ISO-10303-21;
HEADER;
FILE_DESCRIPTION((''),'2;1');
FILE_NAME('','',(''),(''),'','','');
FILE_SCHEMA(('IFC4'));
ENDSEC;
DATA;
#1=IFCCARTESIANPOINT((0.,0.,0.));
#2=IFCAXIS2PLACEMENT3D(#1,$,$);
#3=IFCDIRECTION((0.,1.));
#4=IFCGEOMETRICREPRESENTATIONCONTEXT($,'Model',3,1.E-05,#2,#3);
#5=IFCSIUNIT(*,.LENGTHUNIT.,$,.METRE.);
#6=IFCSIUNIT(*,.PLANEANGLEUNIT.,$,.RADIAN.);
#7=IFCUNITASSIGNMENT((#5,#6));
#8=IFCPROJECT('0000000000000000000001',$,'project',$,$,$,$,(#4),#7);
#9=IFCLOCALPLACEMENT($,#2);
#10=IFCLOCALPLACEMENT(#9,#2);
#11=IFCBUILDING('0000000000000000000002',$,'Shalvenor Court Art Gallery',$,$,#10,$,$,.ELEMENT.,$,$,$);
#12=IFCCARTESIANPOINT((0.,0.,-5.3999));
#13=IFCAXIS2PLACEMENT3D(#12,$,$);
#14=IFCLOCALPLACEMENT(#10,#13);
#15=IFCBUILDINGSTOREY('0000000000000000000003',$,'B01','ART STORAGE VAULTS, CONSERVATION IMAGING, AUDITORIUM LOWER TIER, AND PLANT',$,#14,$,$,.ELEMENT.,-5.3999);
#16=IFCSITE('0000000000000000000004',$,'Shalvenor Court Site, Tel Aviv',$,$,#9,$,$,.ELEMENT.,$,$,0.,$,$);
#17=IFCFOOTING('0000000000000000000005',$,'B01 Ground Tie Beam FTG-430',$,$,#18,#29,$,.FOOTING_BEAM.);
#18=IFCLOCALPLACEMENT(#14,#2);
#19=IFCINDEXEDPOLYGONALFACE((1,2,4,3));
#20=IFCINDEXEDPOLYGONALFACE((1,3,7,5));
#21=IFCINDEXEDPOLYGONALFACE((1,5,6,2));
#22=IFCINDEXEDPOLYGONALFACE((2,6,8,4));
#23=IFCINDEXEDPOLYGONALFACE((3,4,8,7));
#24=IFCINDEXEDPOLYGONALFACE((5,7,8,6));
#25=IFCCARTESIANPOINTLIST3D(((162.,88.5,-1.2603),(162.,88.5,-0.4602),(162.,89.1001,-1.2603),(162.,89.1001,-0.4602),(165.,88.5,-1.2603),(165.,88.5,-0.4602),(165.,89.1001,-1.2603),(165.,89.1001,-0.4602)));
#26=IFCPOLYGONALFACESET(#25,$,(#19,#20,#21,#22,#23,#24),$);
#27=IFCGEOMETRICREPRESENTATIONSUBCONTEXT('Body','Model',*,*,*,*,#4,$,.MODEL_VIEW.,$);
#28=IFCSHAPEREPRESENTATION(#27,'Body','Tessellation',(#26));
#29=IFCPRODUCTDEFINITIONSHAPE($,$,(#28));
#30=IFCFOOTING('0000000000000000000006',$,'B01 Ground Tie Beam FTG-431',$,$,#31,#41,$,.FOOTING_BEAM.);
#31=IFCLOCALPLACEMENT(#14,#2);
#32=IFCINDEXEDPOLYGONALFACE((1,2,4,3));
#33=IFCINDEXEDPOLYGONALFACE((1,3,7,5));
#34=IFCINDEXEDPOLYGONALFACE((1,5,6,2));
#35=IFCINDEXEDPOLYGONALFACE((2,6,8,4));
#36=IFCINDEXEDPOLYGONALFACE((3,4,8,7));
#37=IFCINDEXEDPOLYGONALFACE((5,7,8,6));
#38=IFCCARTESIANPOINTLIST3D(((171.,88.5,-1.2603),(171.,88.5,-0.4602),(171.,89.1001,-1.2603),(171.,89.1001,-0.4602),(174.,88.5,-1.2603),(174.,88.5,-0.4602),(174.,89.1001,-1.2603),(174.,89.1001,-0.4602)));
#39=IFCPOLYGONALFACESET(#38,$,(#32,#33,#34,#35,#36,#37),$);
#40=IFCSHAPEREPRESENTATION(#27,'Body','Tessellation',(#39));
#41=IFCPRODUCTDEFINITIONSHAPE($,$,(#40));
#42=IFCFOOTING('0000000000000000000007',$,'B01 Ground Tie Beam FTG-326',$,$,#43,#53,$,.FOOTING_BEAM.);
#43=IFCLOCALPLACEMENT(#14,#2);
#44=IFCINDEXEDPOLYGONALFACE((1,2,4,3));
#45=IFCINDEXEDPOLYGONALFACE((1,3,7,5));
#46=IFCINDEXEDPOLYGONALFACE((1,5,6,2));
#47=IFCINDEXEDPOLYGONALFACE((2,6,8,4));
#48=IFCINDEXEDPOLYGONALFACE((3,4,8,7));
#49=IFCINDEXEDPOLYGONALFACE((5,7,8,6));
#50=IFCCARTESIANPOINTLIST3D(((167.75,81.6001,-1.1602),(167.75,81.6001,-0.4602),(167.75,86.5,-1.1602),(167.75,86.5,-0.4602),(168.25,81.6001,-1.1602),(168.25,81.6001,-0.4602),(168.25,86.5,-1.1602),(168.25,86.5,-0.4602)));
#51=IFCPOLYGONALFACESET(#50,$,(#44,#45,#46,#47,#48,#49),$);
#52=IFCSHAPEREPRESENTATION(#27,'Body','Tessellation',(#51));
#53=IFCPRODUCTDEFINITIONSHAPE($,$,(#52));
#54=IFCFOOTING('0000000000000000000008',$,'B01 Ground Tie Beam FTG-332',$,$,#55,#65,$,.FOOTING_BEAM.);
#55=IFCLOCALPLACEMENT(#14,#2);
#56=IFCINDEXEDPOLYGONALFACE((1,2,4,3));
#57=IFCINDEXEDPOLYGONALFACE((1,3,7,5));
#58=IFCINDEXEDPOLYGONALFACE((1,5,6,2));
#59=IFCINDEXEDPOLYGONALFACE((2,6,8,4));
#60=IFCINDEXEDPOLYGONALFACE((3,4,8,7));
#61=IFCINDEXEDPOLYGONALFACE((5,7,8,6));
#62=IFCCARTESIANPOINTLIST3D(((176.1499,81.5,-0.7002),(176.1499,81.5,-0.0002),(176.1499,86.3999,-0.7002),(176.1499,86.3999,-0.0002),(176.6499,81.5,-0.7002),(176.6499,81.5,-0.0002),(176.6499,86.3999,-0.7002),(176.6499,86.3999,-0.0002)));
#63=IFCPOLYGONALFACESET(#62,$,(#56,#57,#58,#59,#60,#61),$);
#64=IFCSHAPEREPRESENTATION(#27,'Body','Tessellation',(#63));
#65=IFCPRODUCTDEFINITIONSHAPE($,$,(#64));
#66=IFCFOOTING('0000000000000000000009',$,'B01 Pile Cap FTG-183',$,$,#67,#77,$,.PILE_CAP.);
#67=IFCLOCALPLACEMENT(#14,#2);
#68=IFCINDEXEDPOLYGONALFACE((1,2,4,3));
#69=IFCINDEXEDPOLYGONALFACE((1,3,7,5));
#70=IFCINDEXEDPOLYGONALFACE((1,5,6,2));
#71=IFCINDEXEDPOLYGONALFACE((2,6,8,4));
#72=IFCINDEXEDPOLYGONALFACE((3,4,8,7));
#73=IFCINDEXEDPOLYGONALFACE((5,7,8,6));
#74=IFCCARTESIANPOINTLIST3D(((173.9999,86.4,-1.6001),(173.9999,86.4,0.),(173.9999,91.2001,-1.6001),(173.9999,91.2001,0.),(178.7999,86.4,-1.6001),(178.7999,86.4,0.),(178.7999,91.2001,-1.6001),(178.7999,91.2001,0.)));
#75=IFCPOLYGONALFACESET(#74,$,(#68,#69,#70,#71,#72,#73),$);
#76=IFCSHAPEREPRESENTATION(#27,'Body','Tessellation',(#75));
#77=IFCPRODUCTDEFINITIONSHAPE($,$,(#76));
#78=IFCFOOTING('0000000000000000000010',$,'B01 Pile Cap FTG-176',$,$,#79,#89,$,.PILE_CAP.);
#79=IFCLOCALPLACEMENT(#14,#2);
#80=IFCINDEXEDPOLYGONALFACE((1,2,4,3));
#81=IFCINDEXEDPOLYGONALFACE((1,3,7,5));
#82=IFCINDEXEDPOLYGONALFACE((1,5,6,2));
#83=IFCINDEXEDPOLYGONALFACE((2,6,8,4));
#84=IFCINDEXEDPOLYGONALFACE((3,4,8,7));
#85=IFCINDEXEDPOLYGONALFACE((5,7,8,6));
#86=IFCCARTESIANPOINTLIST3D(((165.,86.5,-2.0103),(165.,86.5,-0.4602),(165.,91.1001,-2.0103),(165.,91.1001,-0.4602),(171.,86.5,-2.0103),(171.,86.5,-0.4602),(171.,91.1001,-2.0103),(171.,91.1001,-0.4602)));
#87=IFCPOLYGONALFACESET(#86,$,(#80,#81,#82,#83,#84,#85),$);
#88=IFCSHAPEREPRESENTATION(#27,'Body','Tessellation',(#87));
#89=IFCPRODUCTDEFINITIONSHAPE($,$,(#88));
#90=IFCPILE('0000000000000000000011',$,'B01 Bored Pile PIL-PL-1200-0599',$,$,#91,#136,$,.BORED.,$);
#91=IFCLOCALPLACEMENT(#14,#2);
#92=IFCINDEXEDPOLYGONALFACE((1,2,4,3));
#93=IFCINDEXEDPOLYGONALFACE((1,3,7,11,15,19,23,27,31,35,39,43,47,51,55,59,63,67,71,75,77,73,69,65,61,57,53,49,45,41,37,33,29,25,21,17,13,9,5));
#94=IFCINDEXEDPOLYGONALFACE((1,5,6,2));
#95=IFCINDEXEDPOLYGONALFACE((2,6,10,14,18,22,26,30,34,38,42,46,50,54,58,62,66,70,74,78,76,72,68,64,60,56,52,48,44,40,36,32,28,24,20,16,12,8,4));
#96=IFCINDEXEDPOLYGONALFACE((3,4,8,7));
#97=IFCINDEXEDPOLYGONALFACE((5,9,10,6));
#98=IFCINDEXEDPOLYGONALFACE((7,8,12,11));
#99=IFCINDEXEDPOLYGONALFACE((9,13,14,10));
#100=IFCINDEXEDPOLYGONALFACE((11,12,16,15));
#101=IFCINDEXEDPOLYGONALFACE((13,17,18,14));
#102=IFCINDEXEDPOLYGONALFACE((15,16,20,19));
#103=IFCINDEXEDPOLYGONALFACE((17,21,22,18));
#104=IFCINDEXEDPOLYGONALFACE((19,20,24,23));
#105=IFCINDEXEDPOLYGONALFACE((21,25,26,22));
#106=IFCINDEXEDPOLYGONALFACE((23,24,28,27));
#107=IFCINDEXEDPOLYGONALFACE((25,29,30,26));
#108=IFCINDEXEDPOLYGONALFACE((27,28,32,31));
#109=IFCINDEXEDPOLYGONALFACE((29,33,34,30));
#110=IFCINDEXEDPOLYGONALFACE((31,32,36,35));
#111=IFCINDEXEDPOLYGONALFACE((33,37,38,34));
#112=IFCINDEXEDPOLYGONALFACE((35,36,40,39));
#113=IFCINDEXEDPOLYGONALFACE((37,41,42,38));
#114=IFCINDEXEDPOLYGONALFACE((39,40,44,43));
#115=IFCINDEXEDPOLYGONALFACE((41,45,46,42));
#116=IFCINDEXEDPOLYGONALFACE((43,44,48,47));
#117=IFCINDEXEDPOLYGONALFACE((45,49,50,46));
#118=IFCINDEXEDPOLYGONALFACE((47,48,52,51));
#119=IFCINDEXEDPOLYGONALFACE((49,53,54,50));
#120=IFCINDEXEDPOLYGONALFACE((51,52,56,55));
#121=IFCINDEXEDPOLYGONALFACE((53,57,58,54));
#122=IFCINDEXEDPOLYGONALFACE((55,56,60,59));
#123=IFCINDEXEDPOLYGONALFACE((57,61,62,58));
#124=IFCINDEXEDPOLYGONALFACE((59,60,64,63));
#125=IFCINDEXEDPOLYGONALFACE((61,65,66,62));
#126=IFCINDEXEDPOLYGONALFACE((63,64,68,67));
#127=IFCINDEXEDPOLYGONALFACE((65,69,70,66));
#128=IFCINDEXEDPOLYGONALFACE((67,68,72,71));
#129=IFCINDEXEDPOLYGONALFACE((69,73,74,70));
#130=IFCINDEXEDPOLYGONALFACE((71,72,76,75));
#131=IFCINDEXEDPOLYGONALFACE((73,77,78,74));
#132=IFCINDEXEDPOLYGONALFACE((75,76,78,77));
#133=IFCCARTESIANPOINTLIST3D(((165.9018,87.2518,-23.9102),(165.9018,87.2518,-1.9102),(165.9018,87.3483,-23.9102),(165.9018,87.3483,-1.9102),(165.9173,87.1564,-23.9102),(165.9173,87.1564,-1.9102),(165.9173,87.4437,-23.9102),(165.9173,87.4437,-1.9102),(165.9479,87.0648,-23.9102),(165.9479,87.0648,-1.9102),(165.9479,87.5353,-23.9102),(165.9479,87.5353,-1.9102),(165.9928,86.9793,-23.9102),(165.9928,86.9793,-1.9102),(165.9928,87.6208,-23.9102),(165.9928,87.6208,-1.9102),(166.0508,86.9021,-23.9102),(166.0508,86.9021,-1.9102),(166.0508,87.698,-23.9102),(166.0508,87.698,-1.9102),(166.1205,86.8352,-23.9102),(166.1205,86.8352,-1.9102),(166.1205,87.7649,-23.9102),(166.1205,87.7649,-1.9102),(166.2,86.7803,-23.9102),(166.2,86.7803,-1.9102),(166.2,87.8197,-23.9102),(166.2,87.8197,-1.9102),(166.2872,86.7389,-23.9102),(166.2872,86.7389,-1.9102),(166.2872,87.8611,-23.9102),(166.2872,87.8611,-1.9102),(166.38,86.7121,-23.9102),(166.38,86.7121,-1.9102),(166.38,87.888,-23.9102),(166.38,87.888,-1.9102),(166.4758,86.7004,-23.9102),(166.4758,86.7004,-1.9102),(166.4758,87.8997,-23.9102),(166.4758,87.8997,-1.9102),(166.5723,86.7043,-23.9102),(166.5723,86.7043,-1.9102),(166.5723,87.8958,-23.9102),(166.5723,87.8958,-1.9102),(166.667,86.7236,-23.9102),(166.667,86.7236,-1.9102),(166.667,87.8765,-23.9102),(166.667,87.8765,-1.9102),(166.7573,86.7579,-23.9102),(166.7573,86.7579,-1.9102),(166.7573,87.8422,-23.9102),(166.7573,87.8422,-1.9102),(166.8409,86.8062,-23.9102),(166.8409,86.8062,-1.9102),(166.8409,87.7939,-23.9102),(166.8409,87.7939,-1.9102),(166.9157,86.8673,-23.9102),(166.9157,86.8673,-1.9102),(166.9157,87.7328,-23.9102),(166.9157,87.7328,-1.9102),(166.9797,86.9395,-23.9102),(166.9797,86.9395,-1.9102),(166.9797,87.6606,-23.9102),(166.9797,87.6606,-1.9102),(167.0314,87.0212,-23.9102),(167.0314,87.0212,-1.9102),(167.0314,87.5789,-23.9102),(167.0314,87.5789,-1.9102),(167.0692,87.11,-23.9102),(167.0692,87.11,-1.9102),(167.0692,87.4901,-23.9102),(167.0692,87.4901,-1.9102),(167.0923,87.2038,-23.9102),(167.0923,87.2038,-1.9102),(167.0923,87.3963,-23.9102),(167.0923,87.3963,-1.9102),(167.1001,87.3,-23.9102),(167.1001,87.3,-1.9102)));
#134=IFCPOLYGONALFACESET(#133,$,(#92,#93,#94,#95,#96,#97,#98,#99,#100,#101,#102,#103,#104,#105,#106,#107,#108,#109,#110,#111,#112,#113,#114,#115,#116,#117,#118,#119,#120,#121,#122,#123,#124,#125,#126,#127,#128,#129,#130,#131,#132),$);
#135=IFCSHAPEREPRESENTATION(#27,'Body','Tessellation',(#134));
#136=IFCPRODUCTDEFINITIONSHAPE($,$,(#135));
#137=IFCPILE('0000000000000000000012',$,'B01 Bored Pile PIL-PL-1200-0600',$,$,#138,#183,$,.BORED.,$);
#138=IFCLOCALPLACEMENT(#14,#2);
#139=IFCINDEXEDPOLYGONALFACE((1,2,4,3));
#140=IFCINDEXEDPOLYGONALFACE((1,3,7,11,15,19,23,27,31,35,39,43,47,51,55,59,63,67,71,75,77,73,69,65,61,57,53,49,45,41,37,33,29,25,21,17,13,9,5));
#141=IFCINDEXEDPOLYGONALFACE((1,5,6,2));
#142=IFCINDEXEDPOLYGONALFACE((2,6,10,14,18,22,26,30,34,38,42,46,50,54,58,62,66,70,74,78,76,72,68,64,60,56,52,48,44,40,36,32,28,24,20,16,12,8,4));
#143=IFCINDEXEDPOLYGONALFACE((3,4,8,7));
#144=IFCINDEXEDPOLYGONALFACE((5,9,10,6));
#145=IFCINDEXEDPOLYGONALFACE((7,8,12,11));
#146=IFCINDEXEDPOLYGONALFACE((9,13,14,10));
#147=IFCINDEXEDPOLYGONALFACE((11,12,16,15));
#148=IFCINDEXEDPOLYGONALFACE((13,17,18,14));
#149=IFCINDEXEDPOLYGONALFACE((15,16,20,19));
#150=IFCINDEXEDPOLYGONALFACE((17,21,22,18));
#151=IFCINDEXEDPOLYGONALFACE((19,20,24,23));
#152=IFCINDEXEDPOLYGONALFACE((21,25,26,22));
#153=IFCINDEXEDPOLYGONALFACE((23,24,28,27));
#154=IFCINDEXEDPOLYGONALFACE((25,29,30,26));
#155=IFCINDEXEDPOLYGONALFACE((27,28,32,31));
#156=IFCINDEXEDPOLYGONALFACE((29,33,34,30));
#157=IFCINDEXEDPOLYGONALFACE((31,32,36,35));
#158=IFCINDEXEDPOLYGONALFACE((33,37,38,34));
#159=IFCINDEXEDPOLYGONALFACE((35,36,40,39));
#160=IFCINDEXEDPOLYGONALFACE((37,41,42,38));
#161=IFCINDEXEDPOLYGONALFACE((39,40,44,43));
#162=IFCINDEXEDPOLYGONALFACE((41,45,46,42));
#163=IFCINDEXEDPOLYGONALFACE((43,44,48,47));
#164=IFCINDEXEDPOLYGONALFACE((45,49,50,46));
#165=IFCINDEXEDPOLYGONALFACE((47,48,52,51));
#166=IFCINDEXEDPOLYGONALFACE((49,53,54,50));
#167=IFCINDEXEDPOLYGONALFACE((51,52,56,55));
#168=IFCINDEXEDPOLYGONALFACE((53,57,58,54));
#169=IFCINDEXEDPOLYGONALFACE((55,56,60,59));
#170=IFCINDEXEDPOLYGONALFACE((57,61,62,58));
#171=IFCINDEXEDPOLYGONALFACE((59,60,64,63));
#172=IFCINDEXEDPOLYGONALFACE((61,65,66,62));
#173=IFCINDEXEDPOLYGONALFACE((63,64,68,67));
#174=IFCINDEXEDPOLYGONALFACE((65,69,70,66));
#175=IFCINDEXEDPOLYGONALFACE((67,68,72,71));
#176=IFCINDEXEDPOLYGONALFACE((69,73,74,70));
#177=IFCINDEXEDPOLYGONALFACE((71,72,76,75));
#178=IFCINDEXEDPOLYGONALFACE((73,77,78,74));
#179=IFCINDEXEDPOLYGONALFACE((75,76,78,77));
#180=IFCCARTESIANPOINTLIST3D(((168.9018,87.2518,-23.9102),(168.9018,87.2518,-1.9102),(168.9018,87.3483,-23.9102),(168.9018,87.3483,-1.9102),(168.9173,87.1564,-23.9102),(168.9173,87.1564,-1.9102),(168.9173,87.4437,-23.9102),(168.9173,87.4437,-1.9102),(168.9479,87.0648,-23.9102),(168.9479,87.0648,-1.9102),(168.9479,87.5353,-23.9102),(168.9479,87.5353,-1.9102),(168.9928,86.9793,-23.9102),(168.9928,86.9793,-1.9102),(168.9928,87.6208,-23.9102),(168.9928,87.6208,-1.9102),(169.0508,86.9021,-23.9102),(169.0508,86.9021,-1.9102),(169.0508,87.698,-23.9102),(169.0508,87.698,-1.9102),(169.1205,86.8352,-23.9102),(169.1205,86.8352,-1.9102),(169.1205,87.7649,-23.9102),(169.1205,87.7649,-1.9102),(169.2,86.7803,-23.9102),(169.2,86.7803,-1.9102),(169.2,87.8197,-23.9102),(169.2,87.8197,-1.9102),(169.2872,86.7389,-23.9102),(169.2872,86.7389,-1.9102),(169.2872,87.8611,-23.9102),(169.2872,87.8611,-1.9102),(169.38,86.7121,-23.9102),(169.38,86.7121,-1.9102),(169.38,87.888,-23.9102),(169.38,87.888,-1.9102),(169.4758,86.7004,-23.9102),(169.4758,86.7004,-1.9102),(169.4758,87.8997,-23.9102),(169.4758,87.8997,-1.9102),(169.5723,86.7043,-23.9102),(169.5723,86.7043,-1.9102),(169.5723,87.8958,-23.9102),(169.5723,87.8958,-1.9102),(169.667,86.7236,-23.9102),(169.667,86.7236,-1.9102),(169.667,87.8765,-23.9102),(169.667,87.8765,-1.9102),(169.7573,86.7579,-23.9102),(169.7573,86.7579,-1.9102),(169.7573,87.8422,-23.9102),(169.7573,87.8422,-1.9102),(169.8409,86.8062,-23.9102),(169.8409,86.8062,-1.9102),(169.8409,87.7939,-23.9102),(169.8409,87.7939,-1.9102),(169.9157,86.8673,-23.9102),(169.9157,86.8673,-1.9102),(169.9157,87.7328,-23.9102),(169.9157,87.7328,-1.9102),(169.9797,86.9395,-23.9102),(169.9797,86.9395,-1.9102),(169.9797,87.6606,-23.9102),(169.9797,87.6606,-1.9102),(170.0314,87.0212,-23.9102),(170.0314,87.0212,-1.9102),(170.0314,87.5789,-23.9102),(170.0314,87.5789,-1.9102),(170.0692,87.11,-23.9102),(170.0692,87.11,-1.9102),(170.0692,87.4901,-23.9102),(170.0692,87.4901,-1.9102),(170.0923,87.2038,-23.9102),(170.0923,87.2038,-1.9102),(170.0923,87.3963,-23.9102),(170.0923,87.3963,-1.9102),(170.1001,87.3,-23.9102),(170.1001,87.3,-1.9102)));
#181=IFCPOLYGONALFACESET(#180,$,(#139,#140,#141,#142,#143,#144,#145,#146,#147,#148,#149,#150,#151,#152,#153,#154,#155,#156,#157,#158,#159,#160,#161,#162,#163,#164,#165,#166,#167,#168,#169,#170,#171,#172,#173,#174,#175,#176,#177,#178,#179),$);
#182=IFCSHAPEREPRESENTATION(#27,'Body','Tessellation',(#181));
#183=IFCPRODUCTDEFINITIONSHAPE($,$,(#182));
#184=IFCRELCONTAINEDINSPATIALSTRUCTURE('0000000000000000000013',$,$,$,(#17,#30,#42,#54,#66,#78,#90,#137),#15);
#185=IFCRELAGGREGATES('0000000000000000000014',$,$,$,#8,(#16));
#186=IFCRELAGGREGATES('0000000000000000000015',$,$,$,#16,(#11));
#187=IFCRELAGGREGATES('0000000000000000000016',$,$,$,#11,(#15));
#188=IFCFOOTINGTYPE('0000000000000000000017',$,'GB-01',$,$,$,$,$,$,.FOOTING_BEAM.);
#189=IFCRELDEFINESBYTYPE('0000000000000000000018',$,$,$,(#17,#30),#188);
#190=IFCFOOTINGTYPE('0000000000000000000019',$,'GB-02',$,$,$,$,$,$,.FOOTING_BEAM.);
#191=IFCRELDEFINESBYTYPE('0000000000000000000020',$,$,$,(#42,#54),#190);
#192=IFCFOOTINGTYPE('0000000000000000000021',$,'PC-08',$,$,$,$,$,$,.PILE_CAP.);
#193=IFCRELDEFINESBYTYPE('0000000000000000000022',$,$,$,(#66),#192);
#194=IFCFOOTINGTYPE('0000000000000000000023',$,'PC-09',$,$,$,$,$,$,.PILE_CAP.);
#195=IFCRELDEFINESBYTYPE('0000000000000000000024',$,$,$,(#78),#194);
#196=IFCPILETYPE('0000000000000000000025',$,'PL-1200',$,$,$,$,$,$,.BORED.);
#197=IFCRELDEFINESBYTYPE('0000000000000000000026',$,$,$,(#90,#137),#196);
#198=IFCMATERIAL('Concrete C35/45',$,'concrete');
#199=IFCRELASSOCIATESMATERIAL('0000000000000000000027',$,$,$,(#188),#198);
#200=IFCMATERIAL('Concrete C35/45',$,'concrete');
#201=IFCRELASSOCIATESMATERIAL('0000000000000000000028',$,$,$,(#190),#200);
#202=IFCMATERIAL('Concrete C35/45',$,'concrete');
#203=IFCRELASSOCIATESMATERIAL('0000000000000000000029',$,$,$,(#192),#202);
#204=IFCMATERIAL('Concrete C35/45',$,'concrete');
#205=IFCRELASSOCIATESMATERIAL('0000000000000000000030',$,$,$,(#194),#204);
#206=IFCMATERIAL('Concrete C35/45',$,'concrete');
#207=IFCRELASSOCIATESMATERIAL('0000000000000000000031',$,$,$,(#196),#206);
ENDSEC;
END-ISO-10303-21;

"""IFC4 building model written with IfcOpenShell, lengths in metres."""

from ifc_helpers import new_model, si_unit, direction, frame, origin, origin_2d, place, context, subcontext, project, spatial, rectangle, circle, extrude, material, material_profile, profile_set, type_object, element, save


model = new_model("IFC4")

# Units and contexts
model_context = context("Model", 3, precision=1e-05, world=origin(), true_north=direction((0.0, 1.0)))
body_context = subcontext(model_context, "Body", "Model", "MODEL_VIEW")
ifc_project = project(units=[si_unit("LENGTHUNIT", "METRE"), si_unit("PLANEANGLEUNIT", "RADIAN")], contexts=[model_context])

# Site, building, storey
site_placement = place(None, origin())
site = spatial("IfcSite", under=ifc_project, at=site_placement, Name="Shalvenor Court Site, Tel Aviv", CompositionType="ELEMENT", RefElevation=0.0)
building_placement = place(site_placement, origin())
building = spatial("IfcBuilding", under=site, at=building_placement, Name="Shalvenor Court Art Gallery", CompositionType="ELEMENT")
storey_placement = place(building_placement, frame((0.0, 0.0, -5.3999)))
storey = spatial("IfcBuildingStorey", under=building, at=storey_placement, Name="B01", Description="ART STORAGE VAULTS, CONSERVATION IMAGING, AUDITORIUM LOWER TIER, AND PLANT", CompositionType="ELEMENT", Elevation=-5.3999)

# Footings
ifc_material_1 = material(Name="Concrete C35/45", Category="concrete")
footing_type_1 = type_object("IfcFootingType", Name="GB-01", PredefinedType="FOOTING_BEAM", material=ifc_material_1)
for number, where, z_axis, x_axis, name in (
    (1, (163.5, 88.8, -1.2603), (0.0, 0.0, 1.0), (1.0, 0.0, 0.0), "B01 Ground Tie Beam FTG-430"),
    (2, (172.5, 88.8, -1.2603), (0.0, 0.0, 1.0), (1.0, 0.0, 0.0), "B01 Ground Tie Beam FTG-431"),
):
    element("IfcFooting", number, at=place(storey_placement, frame(where, z_axis=z_axis, x_axis=x_axis)), inside=storey, type_object=footing_type_1, Name=name, PredefinedType="FOOTING_BEAM", context=body_context, shape_type="SweptSolid", body=[
        extrude(rectangle(XDim=3.0, YDim=0.6001, at=origin_2d()), origin(), (0.0, 0.0, 1.0), 0.8),
    ])
ifc_material_2 = material(Name="Concrete C35/45", Category="concrete")
footing_type_2 = type_object("IfcFootingType", Name="GB-02", PredefinedType="FOOTING_BEAM", material=ifc_material_2)
for number, where, z_axis, x_axis, name in (
    (3, (168.0, 84.05, -1.1602), (0.0, 0.0, 1.0), (0.0, 1.0, 0.0), "B01 Ground Tie Beam FTG-326"),
    (4, (176.3999, 83.95, -0.7002), (0.0, 0.0, 1.0), (0.0, 1.0, 0.0), "B01 Ground Tie Beam FTG-332"),
):
    element("IfcFooting", number, at=place(storey_placement, frame(where, z_axis=z_axis, x_axis=x_axis)), inside=storey, type_object=footing_type_2, Name=name, PredefinedType="FOOTING_BEAM", context=body_context, shape_type="SweptSolid", body=[
        extrude(rectangle(XDim=4.8999, YDim=0.5, at=origin_2d()), origin(), (0.0, 0.0, 1.0), 0.7),
    ])
ifc_material_3 = material(Name="Concrete C35/45", Category="concrete")
footing_type_3 = type_object("IfcFootingType", Name="PC-08", PredefinedType="PILE_CAP", material=ifc_material_3)
footing_1_placement = place(storey_placement, frame((176.3999, 88.8, -1.6001), z_axis=(0.0, 0.0, 1.0), x_axis=(1.0, 0.0, 0.0)))
element("IfcFooting", 5, at=footing_1_placement, inside=storey, type_object=footing_type_3, Name="B01 Pile Cap FTG-183", PredefinedType="PILE_CAP", context=body_context, shape_type="SweptSolid", body=[
    extrude(rectangle(XDim=4.8, YDim=4.8, at=origin_2d()), origin(), (0.0, 0.0, 1.0), 1.6001),
])
ifc_material_4 = material(Name="Concrete C35/45", Category="concrete")
footing_type_4 = type_object("IfcFootingType", Name="PC-09", PredefinedType="PILE_CAP", material=ifc_material_4)
footing_2_placement = place(storey_placement, frame((168.0, 88.8, -2.0103), z_axis=(0.0, 0.0, 1.0), x_axis=(1.0, 0.0, 0.0)))
element("IfcFooting", 6, at=footing_2_placement, inside=storey, type_object=footing_type_4, Name="B01 Pile Cap FTG-176", PredefinedType="PILE_CAP", context=body_context, shape_type="SweptSolid", body=[
    extrude(rectangle(XDim=6.0, YDim=4.6001, at=origin_2d()), origin(), (0.0, 0.0, 1.0), 1.55),
])

# Piles
ifc_material_5 = material(Name="Concrete C35/45", Category="concrete")
ifc_material_profile_1 = material_profile(ifc_material_5, circle(Radius=0.6001, at=origin_2d()), Name="PILE 1200")
ifc_profile_set_1 = profile_set([ifc_material_profile_1], Name="Concrete C35/45")
pile_type = type_object("IfcPileType", Name="PL-1200", PredefinedType="BORED", material=ifc_profile_set_1)
for number, where, z_axis, x_axis, name in (
    (7, (166.5, 87.3, -1.9102), (0.0, 0.0, -1.0), (1.0, 0.0, 0.0), "B01 Bored Pile PIL-PL-1200-0599"),
    (8, (169.5, 87.3, -1.9102), (0.0, 0.0, -1.0), (1.0, 0.0, 0.0), "B01 Bored Pile PIL-PL-1200-0600"),
):
    element("IfcPile", number, at=place(storey_placement, frame(where, z_axis=z_axis, x_axis=x_axis)), inside=storey, type_object=pile_type, Name=name, PredefinedType="BORED", context=body_context, shape_type="SweptSolid", body=[
        extrude(circle(Radius=0.6001, at=origin_2d()), origin(), (0.0, 0.0, 1.0), 22.0),
    ])

save(model, "model.ifc")
